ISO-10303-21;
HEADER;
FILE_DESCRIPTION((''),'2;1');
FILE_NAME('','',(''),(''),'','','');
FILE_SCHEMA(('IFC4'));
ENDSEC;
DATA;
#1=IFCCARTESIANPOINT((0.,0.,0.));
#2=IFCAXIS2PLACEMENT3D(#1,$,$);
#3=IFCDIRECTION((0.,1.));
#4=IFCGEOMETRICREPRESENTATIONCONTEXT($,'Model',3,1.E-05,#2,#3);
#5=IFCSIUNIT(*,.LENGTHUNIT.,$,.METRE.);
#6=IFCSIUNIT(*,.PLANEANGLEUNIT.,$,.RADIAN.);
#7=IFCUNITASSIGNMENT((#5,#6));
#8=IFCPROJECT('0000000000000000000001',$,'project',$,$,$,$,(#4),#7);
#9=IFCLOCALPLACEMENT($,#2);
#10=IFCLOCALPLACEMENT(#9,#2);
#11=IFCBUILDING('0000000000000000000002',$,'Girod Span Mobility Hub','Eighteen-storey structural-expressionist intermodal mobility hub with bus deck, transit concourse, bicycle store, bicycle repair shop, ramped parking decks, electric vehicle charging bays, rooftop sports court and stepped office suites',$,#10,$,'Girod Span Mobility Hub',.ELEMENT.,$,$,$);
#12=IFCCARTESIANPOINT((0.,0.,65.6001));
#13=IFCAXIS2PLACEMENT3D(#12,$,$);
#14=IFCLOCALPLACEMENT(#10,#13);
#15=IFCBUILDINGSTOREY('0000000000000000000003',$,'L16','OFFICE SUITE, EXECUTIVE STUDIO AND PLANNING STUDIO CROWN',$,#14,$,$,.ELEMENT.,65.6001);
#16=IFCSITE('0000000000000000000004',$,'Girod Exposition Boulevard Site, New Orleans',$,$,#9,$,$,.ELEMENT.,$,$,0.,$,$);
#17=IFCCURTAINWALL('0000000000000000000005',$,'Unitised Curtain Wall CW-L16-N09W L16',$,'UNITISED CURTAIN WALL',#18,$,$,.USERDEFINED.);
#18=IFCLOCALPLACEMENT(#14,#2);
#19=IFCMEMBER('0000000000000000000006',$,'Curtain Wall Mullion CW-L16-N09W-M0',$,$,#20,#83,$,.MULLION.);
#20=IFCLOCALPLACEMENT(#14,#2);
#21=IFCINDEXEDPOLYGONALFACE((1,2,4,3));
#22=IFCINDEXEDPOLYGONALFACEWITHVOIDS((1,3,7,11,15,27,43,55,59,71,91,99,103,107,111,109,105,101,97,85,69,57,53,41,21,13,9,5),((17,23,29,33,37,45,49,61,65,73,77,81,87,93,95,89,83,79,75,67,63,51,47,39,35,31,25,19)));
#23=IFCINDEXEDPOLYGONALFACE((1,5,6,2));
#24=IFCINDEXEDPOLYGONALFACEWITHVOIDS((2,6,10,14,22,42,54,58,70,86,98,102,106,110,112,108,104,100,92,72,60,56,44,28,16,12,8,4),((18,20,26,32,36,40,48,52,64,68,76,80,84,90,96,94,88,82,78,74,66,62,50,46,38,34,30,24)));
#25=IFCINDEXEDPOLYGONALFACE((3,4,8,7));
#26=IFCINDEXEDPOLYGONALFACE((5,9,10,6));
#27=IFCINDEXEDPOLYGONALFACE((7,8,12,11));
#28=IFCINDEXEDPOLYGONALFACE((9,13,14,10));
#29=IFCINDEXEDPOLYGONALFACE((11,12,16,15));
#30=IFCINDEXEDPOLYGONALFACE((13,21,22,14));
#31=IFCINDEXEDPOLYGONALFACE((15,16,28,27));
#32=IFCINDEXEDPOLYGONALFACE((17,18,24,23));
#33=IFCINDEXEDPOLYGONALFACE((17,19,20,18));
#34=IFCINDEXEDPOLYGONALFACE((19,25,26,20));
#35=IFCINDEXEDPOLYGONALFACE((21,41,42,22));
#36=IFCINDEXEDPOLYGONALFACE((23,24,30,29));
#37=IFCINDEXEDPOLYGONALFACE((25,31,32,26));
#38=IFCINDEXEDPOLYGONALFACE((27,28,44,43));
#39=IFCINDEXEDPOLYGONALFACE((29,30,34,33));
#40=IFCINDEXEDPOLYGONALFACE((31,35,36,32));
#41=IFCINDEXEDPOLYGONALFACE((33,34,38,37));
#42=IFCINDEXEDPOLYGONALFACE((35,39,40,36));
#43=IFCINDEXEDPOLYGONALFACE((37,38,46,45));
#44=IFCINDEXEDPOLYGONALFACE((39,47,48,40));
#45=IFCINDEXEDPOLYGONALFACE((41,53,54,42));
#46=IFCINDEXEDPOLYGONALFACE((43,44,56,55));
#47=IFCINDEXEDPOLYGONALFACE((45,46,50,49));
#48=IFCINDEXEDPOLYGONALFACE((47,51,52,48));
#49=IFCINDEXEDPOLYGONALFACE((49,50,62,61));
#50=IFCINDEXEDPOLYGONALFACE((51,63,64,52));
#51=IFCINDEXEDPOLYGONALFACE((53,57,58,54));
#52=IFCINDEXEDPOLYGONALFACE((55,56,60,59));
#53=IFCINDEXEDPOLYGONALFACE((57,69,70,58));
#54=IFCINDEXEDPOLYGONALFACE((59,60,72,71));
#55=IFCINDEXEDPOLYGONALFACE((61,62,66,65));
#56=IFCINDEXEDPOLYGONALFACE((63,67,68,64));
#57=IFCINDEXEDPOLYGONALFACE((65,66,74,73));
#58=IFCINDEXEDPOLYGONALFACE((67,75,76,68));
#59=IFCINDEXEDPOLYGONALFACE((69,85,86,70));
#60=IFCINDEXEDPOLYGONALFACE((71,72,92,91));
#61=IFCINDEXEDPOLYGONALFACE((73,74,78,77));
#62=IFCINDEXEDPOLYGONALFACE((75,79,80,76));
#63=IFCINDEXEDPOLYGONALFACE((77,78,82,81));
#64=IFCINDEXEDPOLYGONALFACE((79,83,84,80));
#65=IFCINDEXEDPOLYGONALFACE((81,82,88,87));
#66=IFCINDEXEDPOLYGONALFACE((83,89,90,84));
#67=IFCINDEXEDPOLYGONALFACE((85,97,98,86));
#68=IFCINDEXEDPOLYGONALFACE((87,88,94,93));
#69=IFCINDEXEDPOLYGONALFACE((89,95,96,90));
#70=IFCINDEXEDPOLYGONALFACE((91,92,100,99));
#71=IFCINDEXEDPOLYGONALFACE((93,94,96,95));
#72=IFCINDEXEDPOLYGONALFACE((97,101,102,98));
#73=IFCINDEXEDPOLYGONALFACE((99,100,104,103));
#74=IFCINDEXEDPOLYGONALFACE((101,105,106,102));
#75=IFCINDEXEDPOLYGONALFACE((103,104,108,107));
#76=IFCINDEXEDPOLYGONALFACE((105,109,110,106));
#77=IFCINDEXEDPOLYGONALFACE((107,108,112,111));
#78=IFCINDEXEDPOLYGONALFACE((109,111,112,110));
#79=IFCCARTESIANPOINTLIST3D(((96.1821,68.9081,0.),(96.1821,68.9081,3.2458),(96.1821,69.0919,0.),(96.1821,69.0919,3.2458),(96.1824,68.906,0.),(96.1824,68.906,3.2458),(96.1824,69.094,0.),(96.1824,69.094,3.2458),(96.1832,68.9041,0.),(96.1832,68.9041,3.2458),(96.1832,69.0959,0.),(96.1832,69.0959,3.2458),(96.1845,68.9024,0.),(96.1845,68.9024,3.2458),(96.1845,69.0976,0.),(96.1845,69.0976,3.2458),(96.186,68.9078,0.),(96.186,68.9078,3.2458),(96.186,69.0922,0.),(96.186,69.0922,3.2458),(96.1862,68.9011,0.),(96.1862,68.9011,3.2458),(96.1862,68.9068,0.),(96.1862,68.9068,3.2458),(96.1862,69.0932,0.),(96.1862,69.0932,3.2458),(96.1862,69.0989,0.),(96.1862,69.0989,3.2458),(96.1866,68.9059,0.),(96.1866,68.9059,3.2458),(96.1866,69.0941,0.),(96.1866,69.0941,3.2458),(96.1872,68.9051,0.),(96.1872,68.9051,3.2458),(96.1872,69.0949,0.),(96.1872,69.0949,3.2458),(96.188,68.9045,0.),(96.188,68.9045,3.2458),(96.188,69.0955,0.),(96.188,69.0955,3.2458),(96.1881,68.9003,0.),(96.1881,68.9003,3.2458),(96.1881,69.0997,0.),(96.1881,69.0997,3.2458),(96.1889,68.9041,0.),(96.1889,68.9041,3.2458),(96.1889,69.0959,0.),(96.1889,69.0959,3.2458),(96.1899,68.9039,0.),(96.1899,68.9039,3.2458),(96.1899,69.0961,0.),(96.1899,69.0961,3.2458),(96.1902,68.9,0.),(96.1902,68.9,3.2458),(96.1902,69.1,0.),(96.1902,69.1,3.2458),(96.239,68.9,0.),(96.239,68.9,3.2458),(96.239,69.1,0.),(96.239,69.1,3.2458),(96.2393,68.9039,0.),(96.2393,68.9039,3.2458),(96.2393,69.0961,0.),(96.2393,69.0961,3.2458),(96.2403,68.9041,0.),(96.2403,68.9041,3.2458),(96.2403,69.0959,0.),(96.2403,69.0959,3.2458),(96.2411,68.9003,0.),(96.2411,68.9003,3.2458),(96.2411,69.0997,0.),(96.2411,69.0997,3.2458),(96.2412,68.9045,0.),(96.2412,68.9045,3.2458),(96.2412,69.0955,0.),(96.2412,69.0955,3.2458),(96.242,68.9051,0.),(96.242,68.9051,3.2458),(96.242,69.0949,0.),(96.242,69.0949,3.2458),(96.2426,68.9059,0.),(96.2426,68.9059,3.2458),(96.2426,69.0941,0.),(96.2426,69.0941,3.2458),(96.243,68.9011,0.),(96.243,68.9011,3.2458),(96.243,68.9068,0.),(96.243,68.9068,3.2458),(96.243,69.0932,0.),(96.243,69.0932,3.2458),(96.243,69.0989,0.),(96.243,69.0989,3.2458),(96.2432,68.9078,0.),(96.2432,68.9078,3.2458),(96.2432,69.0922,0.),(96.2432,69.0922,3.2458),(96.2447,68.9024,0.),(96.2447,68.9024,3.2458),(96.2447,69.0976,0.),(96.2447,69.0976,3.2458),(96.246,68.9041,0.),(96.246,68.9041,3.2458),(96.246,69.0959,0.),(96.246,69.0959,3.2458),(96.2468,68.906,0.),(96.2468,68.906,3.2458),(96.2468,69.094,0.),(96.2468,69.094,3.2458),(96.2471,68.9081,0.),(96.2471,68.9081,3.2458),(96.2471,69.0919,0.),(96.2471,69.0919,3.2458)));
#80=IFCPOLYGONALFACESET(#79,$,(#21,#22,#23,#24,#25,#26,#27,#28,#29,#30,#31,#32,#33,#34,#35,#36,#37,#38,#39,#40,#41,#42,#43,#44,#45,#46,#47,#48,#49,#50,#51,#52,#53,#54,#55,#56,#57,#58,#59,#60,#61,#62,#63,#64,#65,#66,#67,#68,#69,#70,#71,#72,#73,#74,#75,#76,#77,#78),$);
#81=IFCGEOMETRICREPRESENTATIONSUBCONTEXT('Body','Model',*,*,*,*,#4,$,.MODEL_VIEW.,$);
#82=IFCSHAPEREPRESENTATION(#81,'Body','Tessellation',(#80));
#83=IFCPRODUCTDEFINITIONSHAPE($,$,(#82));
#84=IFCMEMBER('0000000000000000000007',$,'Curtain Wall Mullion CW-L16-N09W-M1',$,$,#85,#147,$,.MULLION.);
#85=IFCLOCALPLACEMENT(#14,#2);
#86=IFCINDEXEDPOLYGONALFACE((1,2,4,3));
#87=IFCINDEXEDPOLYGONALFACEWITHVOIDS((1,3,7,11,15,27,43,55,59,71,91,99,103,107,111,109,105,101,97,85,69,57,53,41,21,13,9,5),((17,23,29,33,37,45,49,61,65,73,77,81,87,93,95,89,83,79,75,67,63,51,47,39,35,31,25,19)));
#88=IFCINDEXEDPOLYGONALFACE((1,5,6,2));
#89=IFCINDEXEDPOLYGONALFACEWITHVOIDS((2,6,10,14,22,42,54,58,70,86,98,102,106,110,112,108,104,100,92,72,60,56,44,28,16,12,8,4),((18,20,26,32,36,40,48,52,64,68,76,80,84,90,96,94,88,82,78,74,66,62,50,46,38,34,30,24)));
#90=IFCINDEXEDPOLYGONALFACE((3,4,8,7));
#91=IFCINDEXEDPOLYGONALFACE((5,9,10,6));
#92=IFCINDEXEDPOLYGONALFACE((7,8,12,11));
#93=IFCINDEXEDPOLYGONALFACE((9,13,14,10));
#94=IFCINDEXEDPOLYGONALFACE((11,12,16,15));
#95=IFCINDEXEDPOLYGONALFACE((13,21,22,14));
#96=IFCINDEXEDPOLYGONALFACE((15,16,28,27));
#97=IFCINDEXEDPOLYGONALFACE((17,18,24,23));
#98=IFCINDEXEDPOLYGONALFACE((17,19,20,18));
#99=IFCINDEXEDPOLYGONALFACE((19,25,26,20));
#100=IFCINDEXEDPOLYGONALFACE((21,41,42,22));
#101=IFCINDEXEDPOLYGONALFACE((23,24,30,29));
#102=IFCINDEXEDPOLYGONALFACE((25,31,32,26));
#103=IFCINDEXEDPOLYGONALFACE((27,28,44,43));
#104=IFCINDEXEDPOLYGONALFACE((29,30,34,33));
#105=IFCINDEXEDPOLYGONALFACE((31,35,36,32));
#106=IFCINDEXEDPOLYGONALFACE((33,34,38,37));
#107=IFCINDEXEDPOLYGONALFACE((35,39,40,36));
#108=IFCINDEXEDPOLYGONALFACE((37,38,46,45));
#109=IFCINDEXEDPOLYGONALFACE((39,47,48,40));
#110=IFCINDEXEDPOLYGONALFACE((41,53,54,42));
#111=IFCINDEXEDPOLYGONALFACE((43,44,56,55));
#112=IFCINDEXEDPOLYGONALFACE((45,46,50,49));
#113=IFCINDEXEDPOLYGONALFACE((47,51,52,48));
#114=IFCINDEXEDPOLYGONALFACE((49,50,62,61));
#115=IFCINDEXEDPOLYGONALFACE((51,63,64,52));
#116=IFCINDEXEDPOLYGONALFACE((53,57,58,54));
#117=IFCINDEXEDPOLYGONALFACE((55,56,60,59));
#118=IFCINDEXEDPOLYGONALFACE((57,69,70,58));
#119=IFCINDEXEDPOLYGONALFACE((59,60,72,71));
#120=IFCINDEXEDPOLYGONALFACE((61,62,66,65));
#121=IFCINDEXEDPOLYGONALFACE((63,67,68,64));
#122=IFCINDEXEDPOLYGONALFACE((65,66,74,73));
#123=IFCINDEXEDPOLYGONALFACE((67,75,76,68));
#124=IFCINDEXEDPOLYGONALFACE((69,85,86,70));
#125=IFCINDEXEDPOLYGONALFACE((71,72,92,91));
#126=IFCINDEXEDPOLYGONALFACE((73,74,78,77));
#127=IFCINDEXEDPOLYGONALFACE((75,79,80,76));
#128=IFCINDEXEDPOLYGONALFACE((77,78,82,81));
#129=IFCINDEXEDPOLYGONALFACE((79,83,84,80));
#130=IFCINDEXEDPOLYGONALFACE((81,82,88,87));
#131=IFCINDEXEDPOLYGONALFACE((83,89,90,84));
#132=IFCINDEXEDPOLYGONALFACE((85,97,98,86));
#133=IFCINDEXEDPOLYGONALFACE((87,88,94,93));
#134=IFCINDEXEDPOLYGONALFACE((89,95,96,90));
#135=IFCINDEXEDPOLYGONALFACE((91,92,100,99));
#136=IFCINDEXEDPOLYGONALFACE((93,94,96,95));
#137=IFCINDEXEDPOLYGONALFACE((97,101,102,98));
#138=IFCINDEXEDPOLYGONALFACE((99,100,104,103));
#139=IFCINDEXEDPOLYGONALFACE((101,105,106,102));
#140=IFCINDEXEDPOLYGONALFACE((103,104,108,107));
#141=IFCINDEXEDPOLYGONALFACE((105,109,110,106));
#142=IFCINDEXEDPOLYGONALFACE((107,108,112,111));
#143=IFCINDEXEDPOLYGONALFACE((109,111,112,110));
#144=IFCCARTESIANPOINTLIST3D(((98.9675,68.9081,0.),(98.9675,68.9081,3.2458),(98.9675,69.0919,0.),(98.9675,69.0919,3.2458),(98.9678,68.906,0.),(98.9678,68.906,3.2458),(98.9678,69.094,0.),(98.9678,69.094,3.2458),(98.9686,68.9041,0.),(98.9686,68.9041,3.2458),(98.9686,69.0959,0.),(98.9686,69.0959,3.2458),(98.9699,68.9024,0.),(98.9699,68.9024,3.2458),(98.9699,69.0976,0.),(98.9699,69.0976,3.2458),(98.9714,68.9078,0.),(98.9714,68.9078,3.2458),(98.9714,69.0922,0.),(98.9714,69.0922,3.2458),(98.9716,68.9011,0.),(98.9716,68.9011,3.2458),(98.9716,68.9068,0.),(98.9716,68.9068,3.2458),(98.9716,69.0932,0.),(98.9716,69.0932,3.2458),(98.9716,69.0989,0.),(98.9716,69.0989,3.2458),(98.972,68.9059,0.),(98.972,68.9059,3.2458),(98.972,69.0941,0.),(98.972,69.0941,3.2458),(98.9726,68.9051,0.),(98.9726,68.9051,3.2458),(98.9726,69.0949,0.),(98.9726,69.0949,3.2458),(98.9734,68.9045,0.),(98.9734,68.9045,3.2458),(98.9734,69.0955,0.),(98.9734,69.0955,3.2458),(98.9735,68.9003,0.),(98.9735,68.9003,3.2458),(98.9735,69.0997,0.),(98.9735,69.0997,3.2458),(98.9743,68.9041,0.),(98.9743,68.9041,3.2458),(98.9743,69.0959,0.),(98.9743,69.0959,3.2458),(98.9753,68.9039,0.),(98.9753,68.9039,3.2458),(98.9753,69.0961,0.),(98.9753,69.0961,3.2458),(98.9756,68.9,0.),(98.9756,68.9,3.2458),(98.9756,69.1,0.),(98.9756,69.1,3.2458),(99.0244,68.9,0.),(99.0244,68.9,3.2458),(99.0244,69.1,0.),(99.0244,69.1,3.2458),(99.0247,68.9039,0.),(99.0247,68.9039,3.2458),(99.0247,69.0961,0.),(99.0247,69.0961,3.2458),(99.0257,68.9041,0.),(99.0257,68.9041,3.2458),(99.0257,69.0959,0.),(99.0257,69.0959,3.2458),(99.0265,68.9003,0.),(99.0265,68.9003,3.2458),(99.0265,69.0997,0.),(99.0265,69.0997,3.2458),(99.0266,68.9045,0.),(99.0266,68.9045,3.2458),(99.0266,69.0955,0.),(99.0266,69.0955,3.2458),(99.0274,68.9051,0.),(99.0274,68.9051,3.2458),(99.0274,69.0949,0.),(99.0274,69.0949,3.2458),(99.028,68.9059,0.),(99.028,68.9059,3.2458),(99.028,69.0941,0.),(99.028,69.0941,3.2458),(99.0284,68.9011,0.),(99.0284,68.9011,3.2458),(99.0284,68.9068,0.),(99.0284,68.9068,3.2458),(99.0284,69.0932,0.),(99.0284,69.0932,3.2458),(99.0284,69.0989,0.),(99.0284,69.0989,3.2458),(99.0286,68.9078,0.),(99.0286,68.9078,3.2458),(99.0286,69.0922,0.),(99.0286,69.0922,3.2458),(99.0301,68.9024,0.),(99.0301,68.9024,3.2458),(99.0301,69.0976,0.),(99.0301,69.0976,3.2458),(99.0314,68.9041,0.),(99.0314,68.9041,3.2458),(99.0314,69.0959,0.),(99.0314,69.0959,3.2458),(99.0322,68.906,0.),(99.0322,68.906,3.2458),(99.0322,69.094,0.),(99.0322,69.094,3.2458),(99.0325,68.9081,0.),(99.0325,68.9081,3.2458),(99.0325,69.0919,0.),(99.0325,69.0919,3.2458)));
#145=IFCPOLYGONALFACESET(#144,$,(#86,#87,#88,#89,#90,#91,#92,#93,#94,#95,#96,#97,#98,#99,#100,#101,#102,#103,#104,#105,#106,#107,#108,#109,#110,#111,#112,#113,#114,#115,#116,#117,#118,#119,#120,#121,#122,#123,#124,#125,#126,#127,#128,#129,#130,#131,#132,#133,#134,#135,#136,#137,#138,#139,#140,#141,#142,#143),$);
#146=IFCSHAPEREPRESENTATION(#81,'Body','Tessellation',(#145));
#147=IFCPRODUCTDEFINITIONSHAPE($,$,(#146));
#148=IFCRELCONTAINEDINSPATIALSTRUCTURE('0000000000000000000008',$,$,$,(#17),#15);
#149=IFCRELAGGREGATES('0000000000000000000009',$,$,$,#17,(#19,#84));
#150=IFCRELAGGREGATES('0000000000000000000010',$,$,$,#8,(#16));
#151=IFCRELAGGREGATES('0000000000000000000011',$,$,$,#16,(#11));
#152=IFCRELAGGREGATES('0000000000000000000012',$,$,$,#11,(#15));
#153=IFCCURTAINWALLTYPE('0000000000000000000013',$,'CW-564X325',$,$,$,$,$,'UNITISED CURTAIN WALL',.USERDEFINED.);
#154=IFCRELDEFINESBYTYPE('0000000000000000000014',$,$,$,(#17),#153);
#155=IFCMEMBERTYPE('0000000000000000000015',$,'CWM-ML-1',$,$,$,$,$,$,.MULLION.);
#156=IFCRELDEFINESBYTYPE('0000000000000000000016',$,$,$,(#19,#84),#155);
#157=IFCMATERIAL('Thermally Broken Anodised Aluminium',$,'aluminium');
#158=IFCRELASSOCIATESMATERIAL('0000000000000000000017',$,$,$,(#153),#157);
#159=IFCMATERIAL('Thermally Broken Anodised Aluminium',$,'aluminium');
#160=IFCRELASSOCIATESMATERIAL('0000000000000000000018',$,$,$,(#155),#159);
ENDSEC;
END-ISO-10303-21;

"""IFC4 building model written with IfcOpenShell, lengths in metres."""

from ifc_helpers import new_model, si_unit, direction, frame, origin, origin_2d, place, context, subcontext, project, spatial, hollow_rectangle, extrude, material, material_profile, profile_set, type_object, element, aggregate, save


model = new_model("IFC4")

# Units and contexts
model_context = context("Model", 3, precision=1e-05, world=origin(), true_north=direction((0.0, 1.0)))
body_context = subcontext(model_context, "Body", "Model", "MODEL_VIEW")
ifc_project = project(units=[si_unit("LENGTHUNIT", "METRE"), si_unit("PLANEANGLEUNIT", "RADIAN")], contexts=[model_context])

# Site, building, storey
site_placement = place(None, origin())
site = spatial("IfcSite", under=ifc_project, at=site_placement, Name="Girod Exposition Boulevard Site, New Orleans", CompositionType="ELEMENT", RefElevation=0.0)
building_placement = place(site_placement, origin())
building = spatial("IfcBuilding", under=site, at=building_placement, Name="Girod Span Mobility Hub", Description="Eighteen-storey structural-expressionist intermodal mobility hub with bus deck, transit concourse, bicycle store, bicycle repair shop, ramped parking decks, electric vehicle charging bays, rooftop sports court and stepped office suites", LongName="Girod Span Mobility Hub", CompositionType="ELEMENT")
storey_placement = place(building_placement, frame((0.0, 0.0, 65.6001)))
storey = spatial("IfcBuildingStorey", under=building, at=storey_placement, Name="L16", Description="OFFICE SUITE, EXECUTIVE STUDIO AND PLANNING STUDIO CROWN", CompositionType="ELEMENT", Elevation=65.6001)

# Curtain wall, members
ifc_material_1 = material(Name="Thermally Broken Anodised Aluminium", Category="aluminium")
curtain_wall_type = type_object("IfcCurtainWallType", Name="CW-564X325", ElementType="UNITISED CURTAIN WALL", PredefinedType="USERDEFINED", material=ifc_material_1)
curtain_wall_1_placement = place(storey_placement, origin())
curtain_wall_1 = element("IfcCurtainWall", 1, at=curtain_wall_1_placement, inside=storey, type_object=curtain_wall_type, Name="Unitised Curtain Wall CW-L16-N09W L16", ObjectType="UNITISED CURTAIN WALL", PredefinedType="USERDEFINED")
ifc_material_2 = material(Name="Thermally Broken Anodised Aluminium", Category="aluminium")
ifc_material_profile_1 = material_profile(ifc_material_2, hollow_rectangle(XDim=0.2, YDim=0.0649, WallThickness=0.0039, InnerFilletRadius=0.0039, OuterFilletRadius=0.0081, at=origin_2d()), Name="CW-ML-65X200")
ifc_profile_set_1 = profile_set([ifc_material_profile_1], Name="Thermally Broken Anodised Aluminium")
member_type_1 = type_object("IfcMemberType", Name="CWM-ML-1", PredefinedType="MULLION", material=ifc_profile_set_1)
member_1_placement = place(storey_placement, frame((96.2146, 69.0, 0.0), z_axis=(0.0, 0.0, 1.0), x_axis=(0.0, 1.0, 0.0)))
member_1 = element("IfcMember", 2, at=member_1_placement, type_object=member_type_1, Name="Curtain Wall Mullion CW-L16-N09W-M0", PredefinedType="MULLION", context=body_context, shape_type="SweptSolid", body=[
    extrude(hollow_rectangle(XDim=0.2, YDim=0.0649, WallThickness=0.0039, InnerFilletRadius=0.0039, OuterFilletRadius=0.0081, at=origin_2d()), origin(), (0.0, 0.0, 1.0), 3.2458),
])
member_2_placement = place(storey_placement, frame((99.0, 69.0, 0.0), z_axis=(0.0, 0.0, 1.0), x_axis=(0.0, 1.0, 0.0)))
member_2 = element("IfcMember", 3, at=member_2_placement, type_object=member_type_1, Name="Curtain Wall Mullion CW-L16-N09W-M1", PredefinedType="MULLION", context=body_context, shape_type="SweptSolid", body=[
    extrude(hollow_rectangle(XDim=0.2, YDim=0.0649, WallThickness=0.0039, InnerFilletRadius=0.0039, OuterFilletRadius=0.0081, at=origin_2d()), origin(), (0.0, 0.0, 1.0), 3.2458),
])

aggregate(curtain_wall_1, [member_1, member_2])

save(model, "model.ifc")
